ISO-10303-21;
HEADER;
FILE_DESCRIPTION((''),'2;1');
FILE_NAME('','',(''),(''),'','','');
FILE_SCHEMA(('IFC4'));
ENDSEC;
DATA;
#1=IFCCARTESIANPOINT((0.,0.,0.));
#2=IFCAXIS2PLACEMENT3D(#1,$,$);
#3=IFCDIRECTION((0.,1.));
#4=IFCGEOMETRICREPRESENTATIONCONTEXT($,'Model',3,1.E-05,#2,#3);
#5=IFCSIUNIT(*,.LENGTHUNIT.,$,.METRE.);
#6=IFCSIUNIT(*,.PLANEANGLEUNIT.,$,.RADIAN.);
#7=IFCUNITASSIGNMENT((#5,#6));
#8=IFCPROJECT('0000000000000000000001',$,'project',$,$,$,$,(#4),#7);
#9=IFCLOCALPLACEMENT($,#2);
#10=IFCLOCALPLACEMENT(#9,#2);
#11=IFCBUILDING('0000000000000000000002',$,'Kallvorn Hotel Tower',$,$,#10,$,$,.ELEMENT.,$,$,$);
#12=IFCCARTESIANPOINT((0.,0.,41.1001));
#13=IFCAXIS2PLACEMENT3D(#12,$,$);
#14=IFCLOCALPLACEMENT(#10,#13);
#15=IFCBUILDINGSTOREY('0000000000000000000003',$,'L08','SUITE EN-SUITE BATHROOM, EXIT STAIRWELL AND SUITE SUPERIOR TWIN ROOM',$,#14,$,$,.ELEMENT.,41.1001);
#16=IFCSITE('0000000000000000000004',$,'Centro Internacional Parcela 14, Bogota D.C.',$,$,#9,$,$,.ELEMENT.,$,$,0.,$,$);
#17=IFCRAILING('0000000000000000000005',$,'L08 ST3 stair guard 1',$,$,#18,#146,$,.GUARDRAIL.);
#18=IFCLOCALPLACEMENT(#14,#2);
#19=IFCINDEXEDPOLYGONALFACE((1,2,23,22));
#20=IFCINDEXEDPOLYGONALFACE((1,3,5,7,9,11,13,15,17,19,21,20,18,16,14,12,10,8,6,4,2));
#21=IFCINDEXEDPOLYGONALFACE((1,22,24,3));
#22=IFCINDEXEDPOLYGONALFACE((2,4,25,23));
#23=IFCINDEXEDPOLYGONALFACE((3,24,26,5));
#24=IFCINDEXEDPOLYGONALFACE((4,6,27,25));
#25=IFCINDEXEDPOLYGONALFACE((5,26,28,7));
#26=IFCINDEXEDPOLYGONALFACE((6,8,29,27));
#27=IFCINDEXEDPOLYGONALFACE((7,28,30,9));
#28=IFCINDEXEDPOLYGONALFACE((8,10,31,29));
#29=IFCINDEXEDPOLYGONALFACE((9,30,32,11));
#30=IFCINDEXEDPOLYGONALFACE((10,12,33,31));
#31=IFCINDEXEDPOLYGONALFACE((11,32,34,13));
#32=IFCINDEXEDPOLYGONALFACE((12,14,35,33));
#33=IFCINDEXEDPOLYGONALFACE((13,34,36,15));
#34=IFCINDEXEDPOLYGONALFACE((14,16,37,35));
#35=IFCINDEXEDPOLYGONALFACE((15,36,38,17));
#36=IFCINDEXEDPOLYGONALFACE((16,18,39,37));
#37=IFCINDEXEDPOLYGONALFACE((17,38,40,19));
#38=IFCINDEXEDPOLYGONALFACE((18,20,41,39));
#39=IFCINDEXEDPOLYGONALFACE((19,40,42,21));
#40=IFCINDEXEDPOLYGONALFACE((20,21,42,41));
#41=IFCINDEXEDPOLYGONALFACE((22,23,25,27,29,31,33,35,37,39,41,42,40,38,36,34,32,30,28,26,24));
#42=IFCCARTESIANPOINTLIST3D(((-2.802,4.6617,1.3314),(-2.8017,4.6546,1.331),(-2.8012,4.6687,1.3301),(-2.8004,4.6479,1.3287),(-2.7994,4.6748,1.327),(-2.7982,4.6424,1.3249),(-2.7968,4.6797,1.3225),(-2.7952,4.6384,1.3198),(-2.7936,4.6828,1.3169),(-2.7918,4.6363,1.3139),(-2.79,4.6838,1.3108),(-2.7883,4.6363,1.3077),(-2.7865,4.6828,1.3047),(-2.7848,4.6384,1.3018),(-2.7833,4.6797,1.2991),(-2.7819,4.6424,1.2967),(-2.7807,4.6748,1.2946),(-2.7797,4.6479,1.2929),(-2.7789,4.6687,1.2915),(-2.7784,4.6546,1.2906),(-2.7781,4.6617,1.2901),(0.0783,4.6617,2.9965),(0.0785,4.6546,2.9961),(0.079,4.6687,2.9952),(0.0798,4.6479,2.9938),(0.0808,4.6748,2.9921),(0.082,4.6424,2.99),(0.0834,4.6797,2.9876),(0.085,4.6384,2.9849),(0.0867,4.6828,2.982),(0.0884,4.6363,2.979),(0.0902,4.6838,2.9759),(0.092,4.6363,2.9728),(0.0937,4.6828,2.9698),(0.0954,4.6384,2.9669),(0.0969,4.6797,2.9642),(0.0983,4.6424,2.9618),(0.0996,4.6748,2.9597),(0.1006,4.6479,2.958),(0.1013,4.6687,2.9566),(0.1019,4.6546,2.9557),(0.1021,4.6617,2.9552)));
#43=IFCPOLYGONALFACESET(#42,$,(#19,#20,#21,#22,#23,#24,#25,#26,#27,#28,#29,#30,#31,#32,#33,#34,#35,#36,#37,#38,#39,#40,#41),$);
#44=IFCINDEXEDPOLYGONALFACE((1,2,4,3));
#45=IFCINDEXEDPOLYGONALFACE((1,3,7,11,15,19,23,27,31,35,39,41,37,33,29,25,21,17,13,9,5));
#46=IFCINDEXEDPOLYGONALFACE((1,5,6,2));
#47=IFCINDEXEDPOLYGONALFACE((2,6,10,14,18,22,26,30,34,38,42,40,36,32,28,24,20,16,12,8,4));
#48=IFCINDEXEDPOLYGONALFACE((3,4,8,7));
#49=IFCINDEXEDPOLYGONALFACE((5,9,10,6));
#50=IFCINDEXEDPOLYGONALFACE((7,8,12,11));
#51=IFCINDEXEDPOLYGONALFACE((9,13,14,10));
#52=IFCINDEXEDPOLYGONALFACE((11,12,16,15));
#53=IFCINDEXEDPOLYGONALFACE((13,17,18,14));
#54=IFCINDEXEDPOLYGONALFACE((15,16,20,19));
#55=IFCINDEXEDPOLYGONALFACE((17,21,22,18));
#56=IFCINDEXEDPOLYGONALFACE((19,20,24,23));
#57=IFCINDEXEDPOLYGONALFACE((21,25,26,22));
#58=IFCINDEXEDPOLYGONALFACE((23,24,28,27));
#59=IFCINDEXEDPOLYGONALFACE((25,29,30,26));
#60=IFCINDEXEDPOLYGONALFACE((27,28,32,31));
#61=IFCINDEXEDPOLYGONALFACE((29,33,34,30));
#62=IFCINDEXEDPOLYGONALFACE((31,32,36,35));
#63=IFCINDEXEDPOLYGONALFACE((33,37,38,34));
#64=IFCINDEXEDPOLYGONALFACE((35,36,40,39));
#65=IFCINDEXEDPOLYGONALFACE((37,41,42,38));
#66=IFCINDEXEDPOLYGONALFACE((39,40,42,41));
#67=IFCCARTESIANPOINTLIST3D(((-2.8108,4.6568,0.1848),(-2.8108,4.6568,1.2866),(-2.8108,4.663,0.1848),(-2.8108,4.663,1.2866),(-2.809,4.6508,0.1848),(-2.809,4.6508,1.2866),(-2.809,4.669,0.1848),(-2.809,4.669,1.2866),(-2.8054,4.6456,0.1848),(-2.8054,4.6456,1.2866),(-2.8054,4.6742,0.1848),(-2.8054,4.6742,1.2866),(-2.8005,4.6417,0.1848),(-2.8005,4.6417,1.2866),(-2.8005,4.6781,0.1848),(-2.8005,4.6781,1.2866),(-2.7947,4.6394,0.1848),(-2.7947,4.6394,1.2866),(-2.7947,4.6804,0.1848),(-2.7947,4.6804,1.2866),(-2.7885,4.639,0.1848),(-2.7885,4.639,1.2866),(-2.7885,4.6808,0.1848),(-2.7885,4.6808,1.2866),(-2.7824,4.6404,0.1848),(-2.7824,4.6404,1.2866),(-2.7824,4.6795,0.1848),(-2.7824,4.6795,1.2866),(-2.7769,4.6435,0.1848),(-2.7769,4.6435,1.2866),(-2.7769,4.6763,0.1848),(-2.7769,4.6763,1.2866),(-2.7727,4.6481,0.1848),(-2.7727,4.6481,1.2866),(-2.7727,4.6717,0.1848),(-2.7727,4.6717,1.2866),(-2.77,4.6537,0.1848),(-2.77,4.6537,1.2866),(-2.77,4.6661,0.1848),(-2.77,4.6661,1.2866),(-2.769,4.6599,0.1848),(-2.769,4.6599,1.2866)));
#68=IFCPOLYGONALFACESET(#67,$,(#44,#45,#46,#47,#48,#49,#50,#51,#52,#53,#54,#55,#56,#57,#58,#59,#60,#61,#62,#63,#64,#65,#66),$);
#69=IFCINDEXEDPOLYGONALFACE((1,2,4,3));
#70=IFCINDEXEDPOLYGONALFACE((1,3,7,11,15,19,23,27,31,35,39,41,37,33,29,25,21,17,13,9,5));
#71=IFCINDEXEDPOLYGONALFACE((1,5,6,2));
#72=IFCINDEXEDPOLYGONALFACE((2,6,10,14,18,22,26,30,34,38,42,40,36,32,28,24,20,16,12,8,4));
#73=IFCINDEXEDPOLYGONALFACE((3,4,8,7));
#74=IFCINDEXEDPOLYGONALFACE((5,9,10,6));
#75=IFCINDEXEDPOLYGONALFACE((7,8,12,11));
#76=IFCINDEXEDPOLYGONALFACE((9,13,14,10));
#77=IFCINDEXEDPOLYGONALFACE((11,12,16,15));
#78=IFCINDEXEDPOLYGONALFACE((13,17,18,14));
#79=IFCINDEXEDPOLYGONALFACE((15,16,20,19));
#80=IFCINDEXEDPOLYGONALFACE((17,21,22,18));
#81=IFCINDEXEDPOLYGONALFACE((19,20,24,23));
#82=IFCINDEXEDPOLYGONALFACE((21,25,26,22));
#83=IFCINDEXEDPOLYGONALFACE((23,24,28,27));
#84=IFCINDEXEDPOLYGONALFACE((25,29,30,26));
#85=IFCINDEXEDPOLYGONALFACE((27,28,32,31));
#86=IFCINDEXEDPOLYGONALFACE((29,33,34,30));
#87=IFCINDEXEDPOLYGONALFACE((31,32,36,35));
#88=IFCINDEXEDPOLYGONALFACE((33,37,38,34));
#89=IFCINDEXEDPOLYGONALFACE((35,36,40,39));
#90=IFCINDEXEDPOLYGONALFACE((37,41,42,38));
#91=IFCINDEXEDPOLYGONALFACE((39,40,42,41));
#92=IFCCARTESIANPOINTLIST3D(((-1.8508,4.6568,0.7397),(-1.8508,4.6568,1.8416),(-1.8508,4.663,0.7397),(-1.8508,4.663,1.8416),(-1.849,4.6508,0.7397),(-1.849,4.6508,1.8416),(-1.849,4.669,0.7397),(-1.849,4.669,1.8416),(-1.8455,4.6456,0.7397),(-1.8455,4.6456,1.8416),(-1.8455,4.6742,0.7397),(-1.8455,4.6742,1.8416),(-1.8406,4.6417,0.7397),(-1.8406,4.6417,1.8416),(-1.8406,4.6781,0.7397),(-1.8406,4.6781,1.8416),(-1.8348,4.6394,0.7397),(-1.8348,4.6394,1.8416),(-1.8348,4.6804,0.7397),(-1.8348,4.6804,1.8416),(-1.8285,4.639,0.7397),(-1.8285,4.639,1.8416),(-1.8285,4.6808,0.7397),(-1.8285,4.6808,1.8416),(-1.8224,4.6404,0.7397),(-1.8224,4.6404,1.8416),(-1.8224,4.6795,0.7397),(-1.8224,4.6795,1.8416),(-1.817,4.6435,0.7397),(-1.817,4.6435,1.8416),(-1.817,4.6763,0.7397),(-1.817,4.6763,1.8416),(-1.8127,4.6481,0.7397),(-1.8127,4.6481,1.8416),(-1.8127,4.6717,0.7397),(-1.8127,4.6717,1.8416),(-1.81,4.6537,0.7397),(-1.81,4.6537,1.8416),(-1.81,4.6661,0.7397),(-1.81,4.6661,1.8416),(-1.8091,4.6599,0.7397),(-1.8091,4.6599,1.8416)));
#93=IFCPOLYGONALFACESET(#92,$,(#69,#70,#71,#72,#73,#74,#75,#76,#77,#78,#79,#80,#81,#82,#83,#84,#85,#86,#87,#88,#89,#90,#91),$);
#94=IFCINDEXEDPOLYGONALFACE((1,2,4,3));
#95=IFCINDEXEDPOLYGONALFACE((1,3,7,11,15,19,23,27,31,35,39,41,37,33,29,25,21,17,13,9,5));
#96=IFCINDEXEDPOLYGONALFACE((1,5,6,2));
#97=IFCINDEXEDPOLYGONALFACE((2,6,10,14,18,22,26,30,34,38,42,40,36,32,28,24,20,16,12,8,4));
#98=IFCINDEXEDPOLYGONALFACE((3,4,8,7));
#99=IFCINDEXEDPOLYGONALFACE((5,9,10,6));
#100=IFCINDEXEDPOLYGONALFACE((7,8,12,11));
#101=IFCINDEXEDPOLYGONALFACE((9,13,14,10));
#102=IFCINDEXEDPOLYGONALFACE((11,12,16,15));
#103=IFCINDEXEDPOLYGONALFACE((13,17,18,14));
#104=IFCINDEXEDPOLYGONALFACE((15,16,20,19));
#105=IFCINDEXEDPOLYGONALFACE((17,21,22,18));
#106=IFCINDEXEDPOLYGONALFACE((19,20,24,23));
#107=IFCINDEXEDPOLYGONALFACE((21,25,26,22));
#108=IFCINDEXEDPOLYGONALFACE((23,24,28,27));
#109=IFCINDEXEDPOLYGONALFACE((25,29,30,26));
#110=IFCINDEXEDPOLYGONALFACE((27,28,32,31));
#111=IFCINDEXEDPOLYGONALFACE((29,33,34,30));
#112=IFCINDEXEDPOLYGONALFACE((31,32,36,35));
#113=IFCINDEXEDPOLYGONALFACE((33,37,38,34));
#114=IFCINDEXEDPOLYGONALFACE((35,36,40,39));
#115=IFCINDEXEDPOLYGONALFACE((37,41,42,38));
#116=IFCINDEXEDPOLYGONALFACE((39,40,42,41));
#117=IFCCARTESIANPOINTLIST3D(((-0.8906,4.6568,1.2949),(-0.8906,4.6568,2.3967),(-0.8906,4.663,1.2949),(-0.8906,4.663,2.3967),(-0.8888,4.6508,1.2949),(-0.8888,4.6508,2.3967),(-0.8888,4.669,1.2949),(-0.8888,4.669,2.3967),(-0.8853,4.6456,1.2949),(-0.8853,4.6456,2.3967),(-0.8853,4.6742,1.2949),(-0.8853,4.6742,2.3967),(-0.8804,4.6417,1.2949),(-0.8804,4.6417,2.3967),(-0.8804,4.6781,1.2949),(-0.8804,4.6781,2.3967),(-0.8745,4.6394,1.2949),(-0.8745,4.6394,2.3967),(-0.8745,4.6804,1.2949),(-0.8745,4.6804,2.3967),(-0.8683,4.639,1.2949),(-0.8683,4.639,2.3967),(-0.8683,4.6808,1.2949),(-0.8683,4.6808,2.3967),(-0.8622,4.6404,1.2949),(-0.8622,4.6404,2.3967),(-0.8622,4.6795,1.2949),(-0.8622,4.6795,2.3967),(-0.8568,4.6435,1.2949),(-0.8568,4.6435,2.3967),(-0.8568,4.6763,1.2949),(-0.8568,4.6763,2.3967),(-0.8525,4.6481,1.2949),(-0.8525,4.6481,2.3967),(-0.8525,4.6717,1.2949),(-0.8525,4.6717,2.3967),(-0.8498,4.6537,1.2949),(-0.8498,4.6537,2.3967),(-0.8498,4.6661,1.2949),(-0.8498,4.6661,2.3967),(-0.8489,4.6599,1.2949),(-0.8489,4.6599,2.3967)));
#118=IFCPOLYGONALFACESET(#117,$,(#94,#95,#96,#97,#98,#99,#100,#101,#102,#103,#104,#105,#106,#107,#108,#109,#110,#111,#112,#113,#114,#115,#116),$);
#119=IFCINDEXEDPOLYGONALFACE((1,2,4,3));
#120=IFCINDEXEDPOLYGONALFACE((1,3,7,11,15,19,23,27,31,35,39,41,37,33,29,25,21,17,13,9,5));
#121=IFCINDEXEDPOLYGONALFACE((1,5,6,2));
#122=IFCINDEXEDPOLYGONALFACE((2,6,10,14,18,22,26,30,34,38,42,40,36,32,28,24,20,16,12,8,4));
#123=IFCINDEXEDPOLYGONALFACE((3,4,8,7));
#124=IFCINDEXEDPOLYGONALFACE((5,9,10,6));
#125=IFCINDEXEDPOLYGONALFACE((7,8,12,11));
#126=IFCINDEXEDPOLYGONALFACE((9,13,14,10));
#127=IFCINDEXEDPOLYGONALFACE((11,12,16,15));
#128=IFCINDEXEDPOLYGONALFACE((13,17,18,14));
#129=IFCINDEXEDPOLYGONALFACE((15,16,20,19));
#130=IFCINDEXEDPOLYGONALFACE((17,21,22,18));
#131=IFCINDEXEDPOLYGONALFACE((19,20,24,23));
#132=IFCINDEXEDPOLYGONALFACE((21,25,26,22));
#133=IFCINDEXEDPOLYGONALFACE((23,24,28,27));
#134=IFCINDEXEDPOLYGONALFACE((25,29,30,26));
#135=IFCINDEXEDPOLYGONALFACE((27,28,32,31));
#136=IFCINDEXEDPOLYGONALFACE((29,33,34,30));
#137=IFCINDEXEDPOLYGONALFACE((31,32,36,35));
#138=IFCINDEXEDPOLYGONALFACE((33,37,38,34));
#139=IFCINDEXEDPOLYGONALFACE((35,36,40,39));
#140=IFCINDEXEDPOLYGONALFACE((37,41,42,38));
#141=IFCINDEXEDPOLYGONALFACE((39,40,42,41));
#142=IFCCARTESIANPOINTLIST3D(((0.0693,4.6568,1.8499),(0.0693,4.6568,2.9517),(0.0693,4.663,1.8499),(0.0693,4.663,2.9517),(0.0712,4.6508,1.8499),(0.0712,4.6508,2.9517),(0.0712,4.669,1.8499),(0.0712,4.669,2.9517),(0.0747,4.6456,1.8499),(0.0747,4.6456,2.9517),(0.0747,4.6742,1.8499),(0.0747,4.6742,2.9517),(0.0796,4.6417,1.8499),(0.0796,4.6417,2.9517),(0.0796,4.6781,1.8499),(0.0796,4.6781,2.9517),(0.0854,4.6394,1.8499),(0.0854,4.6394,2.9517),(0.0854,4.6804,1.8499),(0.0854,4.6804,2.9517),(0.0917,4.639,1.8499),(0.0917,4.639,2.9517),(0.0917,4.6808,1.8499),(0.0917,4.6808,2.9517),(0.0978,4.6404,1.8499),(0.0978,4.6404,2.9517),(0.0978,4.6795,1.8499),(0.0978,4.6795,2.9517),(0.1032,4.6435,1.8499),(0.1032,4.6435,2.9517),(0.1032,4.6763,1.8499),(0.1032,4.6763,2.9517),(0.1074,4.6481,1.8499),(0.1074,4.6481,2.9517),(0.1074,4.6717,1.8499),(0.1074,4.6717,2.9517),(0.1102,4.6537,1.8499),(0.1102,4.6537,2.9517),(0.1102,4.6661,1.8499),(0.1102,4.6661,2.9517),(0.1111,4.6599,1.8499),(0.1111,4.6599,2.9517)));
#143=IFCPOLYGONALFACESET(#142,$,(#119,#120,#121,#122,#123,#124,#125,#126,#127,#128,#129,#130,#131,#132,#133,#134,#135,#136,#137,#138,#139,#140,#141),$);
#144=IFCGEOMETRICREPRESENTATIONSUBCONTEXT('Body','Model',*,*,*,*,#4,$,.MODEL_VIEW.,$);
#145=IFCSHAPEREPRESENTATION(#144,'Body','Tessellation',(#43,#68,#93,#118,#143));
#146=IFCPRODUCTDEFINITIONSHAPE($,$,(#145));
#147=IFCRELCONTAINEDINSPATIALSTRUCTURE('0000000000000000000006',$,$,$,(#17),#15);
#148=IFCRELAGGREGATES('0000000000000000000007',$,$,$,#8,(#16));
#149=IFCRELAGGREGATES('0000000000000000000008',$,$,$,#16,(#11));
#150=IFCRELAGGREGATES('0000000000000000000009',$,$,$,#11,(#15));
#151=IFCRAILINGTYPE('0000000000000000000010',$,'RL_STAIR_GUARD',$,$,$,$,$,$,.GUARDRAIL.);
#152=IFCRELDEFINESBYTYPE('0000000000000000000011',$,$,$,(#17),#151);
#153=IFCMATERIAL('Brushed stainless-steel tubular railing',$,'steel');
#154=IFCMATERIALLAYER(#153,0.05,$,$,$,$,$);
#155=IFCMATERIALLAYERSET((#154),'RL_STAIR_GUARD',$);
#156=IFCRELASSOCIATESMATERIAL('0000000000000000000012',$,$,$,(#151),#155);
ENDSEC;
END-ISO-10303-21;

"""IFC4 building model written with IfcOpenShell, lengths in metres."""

from ifc_helpers import new_model, si_unit, direction, frame, origin, origin_2d, place, context, subcontext, project, spatial, circle, extrude, material, layer, layer_set, type_object, element, save


model = new_model("IFC4")

# Units and contexts
model_context = context("Model", 3, precision=1e-05, world=origin(), true_north=direction((0.0, 1.0)))
body_context = subcontext(model_context, "Body", "Model", "MODEL_VIEW")
ifc_project = project(units=[si_unit("LENGTHUNIT", "METRE"), si_unit("PLANEANGLEUNIT", "RADIAN")], contexts=[model_context])

# Site, building, storey
site_placement = place(None, origin())
site = spatial("IfcSite", under=ifc_project, at=site_placement, Name="Centro Internacional Parcela 14, Bogota D.C.", CompositionType="ELEMENT", RefElevation=0.0)
building_placement = place(site_placement, origin())
building = spatial("IfcBuilding", under=site, at=building_placement, Name="Kallvorn Hotel Tower", CompositionType="ELEMENT")
storey_placement = place(building_placement, frame((0.0, 0.0, 41.1001)))
storey = spatial("IfcBuildingStorey", under=building, at=storey_placement, Name="L08", Description="SUITE EN-SUITE BATHROOM, EXIT STAIRWELL AND SUITE SUPERIOR TWIN ROOM", CompositionType="ELEMENT", Elevation=41.1001)

# Railing
ifc_material_1 = material(Name="Brushed stainless-steel tubular railing", Category="steel")
ifc_layer_1 = layer(ifc_material_1, 0.05)
ifc_layer_set_1 = layer_set([ifc_layer_1], Name="RL_STAIR_GUARD")
railing_type_1 = type_object("IfcRailingType", Name="RL_STAIR_GUARD", PredefinedType="GUARDRAIL", material=ifc_layer_set_1)
railing_1_placement = place(storey_placement, frame((-2.79, 4.6599, 0.1848)))
element("IfcRailing", 1, at=railing_1_placement, inside=storey, type_object=railing_type_1, Name="L08 ST3 stair guard 1", PredefinedType="GUARDRAIL", context=body_context, shape_type="SweptSolid", body=[
    extrude(circle(Radius=0.0239, at=origin_2d()), frame((0.0, 0.0, 1.126), z_axis=(0.865739, 0.0, 0.500495), x_axis=(0.0, 1.0, 0.0)), (0.0, 0.0, 1.0), 3.3269),
    extrude(circle(Radius=0.021, at=origin_2d()), origin(), (0.0, 0.0, 1.0), 1.1018),
    extrude(circle(Radius=0.021, at=origin_2d()), frame((0.96, 0.0, 0.5549)), (0.0, 0.0, 1.0), 1.1018),
    extrude(circle(Radius=0.021, at=origin_2d()), frame((1.9202, 0.0, 1.1101)), (0.0, 0.0, 1.0), 1.1018),
    extrude(circle(Radius=0.021, at=origin_2d()), frame((2.8801, 0.0, 1.665)), (0.0, 0.0, 1.0), 1.1018),
])

save(model, "model.ifc")
